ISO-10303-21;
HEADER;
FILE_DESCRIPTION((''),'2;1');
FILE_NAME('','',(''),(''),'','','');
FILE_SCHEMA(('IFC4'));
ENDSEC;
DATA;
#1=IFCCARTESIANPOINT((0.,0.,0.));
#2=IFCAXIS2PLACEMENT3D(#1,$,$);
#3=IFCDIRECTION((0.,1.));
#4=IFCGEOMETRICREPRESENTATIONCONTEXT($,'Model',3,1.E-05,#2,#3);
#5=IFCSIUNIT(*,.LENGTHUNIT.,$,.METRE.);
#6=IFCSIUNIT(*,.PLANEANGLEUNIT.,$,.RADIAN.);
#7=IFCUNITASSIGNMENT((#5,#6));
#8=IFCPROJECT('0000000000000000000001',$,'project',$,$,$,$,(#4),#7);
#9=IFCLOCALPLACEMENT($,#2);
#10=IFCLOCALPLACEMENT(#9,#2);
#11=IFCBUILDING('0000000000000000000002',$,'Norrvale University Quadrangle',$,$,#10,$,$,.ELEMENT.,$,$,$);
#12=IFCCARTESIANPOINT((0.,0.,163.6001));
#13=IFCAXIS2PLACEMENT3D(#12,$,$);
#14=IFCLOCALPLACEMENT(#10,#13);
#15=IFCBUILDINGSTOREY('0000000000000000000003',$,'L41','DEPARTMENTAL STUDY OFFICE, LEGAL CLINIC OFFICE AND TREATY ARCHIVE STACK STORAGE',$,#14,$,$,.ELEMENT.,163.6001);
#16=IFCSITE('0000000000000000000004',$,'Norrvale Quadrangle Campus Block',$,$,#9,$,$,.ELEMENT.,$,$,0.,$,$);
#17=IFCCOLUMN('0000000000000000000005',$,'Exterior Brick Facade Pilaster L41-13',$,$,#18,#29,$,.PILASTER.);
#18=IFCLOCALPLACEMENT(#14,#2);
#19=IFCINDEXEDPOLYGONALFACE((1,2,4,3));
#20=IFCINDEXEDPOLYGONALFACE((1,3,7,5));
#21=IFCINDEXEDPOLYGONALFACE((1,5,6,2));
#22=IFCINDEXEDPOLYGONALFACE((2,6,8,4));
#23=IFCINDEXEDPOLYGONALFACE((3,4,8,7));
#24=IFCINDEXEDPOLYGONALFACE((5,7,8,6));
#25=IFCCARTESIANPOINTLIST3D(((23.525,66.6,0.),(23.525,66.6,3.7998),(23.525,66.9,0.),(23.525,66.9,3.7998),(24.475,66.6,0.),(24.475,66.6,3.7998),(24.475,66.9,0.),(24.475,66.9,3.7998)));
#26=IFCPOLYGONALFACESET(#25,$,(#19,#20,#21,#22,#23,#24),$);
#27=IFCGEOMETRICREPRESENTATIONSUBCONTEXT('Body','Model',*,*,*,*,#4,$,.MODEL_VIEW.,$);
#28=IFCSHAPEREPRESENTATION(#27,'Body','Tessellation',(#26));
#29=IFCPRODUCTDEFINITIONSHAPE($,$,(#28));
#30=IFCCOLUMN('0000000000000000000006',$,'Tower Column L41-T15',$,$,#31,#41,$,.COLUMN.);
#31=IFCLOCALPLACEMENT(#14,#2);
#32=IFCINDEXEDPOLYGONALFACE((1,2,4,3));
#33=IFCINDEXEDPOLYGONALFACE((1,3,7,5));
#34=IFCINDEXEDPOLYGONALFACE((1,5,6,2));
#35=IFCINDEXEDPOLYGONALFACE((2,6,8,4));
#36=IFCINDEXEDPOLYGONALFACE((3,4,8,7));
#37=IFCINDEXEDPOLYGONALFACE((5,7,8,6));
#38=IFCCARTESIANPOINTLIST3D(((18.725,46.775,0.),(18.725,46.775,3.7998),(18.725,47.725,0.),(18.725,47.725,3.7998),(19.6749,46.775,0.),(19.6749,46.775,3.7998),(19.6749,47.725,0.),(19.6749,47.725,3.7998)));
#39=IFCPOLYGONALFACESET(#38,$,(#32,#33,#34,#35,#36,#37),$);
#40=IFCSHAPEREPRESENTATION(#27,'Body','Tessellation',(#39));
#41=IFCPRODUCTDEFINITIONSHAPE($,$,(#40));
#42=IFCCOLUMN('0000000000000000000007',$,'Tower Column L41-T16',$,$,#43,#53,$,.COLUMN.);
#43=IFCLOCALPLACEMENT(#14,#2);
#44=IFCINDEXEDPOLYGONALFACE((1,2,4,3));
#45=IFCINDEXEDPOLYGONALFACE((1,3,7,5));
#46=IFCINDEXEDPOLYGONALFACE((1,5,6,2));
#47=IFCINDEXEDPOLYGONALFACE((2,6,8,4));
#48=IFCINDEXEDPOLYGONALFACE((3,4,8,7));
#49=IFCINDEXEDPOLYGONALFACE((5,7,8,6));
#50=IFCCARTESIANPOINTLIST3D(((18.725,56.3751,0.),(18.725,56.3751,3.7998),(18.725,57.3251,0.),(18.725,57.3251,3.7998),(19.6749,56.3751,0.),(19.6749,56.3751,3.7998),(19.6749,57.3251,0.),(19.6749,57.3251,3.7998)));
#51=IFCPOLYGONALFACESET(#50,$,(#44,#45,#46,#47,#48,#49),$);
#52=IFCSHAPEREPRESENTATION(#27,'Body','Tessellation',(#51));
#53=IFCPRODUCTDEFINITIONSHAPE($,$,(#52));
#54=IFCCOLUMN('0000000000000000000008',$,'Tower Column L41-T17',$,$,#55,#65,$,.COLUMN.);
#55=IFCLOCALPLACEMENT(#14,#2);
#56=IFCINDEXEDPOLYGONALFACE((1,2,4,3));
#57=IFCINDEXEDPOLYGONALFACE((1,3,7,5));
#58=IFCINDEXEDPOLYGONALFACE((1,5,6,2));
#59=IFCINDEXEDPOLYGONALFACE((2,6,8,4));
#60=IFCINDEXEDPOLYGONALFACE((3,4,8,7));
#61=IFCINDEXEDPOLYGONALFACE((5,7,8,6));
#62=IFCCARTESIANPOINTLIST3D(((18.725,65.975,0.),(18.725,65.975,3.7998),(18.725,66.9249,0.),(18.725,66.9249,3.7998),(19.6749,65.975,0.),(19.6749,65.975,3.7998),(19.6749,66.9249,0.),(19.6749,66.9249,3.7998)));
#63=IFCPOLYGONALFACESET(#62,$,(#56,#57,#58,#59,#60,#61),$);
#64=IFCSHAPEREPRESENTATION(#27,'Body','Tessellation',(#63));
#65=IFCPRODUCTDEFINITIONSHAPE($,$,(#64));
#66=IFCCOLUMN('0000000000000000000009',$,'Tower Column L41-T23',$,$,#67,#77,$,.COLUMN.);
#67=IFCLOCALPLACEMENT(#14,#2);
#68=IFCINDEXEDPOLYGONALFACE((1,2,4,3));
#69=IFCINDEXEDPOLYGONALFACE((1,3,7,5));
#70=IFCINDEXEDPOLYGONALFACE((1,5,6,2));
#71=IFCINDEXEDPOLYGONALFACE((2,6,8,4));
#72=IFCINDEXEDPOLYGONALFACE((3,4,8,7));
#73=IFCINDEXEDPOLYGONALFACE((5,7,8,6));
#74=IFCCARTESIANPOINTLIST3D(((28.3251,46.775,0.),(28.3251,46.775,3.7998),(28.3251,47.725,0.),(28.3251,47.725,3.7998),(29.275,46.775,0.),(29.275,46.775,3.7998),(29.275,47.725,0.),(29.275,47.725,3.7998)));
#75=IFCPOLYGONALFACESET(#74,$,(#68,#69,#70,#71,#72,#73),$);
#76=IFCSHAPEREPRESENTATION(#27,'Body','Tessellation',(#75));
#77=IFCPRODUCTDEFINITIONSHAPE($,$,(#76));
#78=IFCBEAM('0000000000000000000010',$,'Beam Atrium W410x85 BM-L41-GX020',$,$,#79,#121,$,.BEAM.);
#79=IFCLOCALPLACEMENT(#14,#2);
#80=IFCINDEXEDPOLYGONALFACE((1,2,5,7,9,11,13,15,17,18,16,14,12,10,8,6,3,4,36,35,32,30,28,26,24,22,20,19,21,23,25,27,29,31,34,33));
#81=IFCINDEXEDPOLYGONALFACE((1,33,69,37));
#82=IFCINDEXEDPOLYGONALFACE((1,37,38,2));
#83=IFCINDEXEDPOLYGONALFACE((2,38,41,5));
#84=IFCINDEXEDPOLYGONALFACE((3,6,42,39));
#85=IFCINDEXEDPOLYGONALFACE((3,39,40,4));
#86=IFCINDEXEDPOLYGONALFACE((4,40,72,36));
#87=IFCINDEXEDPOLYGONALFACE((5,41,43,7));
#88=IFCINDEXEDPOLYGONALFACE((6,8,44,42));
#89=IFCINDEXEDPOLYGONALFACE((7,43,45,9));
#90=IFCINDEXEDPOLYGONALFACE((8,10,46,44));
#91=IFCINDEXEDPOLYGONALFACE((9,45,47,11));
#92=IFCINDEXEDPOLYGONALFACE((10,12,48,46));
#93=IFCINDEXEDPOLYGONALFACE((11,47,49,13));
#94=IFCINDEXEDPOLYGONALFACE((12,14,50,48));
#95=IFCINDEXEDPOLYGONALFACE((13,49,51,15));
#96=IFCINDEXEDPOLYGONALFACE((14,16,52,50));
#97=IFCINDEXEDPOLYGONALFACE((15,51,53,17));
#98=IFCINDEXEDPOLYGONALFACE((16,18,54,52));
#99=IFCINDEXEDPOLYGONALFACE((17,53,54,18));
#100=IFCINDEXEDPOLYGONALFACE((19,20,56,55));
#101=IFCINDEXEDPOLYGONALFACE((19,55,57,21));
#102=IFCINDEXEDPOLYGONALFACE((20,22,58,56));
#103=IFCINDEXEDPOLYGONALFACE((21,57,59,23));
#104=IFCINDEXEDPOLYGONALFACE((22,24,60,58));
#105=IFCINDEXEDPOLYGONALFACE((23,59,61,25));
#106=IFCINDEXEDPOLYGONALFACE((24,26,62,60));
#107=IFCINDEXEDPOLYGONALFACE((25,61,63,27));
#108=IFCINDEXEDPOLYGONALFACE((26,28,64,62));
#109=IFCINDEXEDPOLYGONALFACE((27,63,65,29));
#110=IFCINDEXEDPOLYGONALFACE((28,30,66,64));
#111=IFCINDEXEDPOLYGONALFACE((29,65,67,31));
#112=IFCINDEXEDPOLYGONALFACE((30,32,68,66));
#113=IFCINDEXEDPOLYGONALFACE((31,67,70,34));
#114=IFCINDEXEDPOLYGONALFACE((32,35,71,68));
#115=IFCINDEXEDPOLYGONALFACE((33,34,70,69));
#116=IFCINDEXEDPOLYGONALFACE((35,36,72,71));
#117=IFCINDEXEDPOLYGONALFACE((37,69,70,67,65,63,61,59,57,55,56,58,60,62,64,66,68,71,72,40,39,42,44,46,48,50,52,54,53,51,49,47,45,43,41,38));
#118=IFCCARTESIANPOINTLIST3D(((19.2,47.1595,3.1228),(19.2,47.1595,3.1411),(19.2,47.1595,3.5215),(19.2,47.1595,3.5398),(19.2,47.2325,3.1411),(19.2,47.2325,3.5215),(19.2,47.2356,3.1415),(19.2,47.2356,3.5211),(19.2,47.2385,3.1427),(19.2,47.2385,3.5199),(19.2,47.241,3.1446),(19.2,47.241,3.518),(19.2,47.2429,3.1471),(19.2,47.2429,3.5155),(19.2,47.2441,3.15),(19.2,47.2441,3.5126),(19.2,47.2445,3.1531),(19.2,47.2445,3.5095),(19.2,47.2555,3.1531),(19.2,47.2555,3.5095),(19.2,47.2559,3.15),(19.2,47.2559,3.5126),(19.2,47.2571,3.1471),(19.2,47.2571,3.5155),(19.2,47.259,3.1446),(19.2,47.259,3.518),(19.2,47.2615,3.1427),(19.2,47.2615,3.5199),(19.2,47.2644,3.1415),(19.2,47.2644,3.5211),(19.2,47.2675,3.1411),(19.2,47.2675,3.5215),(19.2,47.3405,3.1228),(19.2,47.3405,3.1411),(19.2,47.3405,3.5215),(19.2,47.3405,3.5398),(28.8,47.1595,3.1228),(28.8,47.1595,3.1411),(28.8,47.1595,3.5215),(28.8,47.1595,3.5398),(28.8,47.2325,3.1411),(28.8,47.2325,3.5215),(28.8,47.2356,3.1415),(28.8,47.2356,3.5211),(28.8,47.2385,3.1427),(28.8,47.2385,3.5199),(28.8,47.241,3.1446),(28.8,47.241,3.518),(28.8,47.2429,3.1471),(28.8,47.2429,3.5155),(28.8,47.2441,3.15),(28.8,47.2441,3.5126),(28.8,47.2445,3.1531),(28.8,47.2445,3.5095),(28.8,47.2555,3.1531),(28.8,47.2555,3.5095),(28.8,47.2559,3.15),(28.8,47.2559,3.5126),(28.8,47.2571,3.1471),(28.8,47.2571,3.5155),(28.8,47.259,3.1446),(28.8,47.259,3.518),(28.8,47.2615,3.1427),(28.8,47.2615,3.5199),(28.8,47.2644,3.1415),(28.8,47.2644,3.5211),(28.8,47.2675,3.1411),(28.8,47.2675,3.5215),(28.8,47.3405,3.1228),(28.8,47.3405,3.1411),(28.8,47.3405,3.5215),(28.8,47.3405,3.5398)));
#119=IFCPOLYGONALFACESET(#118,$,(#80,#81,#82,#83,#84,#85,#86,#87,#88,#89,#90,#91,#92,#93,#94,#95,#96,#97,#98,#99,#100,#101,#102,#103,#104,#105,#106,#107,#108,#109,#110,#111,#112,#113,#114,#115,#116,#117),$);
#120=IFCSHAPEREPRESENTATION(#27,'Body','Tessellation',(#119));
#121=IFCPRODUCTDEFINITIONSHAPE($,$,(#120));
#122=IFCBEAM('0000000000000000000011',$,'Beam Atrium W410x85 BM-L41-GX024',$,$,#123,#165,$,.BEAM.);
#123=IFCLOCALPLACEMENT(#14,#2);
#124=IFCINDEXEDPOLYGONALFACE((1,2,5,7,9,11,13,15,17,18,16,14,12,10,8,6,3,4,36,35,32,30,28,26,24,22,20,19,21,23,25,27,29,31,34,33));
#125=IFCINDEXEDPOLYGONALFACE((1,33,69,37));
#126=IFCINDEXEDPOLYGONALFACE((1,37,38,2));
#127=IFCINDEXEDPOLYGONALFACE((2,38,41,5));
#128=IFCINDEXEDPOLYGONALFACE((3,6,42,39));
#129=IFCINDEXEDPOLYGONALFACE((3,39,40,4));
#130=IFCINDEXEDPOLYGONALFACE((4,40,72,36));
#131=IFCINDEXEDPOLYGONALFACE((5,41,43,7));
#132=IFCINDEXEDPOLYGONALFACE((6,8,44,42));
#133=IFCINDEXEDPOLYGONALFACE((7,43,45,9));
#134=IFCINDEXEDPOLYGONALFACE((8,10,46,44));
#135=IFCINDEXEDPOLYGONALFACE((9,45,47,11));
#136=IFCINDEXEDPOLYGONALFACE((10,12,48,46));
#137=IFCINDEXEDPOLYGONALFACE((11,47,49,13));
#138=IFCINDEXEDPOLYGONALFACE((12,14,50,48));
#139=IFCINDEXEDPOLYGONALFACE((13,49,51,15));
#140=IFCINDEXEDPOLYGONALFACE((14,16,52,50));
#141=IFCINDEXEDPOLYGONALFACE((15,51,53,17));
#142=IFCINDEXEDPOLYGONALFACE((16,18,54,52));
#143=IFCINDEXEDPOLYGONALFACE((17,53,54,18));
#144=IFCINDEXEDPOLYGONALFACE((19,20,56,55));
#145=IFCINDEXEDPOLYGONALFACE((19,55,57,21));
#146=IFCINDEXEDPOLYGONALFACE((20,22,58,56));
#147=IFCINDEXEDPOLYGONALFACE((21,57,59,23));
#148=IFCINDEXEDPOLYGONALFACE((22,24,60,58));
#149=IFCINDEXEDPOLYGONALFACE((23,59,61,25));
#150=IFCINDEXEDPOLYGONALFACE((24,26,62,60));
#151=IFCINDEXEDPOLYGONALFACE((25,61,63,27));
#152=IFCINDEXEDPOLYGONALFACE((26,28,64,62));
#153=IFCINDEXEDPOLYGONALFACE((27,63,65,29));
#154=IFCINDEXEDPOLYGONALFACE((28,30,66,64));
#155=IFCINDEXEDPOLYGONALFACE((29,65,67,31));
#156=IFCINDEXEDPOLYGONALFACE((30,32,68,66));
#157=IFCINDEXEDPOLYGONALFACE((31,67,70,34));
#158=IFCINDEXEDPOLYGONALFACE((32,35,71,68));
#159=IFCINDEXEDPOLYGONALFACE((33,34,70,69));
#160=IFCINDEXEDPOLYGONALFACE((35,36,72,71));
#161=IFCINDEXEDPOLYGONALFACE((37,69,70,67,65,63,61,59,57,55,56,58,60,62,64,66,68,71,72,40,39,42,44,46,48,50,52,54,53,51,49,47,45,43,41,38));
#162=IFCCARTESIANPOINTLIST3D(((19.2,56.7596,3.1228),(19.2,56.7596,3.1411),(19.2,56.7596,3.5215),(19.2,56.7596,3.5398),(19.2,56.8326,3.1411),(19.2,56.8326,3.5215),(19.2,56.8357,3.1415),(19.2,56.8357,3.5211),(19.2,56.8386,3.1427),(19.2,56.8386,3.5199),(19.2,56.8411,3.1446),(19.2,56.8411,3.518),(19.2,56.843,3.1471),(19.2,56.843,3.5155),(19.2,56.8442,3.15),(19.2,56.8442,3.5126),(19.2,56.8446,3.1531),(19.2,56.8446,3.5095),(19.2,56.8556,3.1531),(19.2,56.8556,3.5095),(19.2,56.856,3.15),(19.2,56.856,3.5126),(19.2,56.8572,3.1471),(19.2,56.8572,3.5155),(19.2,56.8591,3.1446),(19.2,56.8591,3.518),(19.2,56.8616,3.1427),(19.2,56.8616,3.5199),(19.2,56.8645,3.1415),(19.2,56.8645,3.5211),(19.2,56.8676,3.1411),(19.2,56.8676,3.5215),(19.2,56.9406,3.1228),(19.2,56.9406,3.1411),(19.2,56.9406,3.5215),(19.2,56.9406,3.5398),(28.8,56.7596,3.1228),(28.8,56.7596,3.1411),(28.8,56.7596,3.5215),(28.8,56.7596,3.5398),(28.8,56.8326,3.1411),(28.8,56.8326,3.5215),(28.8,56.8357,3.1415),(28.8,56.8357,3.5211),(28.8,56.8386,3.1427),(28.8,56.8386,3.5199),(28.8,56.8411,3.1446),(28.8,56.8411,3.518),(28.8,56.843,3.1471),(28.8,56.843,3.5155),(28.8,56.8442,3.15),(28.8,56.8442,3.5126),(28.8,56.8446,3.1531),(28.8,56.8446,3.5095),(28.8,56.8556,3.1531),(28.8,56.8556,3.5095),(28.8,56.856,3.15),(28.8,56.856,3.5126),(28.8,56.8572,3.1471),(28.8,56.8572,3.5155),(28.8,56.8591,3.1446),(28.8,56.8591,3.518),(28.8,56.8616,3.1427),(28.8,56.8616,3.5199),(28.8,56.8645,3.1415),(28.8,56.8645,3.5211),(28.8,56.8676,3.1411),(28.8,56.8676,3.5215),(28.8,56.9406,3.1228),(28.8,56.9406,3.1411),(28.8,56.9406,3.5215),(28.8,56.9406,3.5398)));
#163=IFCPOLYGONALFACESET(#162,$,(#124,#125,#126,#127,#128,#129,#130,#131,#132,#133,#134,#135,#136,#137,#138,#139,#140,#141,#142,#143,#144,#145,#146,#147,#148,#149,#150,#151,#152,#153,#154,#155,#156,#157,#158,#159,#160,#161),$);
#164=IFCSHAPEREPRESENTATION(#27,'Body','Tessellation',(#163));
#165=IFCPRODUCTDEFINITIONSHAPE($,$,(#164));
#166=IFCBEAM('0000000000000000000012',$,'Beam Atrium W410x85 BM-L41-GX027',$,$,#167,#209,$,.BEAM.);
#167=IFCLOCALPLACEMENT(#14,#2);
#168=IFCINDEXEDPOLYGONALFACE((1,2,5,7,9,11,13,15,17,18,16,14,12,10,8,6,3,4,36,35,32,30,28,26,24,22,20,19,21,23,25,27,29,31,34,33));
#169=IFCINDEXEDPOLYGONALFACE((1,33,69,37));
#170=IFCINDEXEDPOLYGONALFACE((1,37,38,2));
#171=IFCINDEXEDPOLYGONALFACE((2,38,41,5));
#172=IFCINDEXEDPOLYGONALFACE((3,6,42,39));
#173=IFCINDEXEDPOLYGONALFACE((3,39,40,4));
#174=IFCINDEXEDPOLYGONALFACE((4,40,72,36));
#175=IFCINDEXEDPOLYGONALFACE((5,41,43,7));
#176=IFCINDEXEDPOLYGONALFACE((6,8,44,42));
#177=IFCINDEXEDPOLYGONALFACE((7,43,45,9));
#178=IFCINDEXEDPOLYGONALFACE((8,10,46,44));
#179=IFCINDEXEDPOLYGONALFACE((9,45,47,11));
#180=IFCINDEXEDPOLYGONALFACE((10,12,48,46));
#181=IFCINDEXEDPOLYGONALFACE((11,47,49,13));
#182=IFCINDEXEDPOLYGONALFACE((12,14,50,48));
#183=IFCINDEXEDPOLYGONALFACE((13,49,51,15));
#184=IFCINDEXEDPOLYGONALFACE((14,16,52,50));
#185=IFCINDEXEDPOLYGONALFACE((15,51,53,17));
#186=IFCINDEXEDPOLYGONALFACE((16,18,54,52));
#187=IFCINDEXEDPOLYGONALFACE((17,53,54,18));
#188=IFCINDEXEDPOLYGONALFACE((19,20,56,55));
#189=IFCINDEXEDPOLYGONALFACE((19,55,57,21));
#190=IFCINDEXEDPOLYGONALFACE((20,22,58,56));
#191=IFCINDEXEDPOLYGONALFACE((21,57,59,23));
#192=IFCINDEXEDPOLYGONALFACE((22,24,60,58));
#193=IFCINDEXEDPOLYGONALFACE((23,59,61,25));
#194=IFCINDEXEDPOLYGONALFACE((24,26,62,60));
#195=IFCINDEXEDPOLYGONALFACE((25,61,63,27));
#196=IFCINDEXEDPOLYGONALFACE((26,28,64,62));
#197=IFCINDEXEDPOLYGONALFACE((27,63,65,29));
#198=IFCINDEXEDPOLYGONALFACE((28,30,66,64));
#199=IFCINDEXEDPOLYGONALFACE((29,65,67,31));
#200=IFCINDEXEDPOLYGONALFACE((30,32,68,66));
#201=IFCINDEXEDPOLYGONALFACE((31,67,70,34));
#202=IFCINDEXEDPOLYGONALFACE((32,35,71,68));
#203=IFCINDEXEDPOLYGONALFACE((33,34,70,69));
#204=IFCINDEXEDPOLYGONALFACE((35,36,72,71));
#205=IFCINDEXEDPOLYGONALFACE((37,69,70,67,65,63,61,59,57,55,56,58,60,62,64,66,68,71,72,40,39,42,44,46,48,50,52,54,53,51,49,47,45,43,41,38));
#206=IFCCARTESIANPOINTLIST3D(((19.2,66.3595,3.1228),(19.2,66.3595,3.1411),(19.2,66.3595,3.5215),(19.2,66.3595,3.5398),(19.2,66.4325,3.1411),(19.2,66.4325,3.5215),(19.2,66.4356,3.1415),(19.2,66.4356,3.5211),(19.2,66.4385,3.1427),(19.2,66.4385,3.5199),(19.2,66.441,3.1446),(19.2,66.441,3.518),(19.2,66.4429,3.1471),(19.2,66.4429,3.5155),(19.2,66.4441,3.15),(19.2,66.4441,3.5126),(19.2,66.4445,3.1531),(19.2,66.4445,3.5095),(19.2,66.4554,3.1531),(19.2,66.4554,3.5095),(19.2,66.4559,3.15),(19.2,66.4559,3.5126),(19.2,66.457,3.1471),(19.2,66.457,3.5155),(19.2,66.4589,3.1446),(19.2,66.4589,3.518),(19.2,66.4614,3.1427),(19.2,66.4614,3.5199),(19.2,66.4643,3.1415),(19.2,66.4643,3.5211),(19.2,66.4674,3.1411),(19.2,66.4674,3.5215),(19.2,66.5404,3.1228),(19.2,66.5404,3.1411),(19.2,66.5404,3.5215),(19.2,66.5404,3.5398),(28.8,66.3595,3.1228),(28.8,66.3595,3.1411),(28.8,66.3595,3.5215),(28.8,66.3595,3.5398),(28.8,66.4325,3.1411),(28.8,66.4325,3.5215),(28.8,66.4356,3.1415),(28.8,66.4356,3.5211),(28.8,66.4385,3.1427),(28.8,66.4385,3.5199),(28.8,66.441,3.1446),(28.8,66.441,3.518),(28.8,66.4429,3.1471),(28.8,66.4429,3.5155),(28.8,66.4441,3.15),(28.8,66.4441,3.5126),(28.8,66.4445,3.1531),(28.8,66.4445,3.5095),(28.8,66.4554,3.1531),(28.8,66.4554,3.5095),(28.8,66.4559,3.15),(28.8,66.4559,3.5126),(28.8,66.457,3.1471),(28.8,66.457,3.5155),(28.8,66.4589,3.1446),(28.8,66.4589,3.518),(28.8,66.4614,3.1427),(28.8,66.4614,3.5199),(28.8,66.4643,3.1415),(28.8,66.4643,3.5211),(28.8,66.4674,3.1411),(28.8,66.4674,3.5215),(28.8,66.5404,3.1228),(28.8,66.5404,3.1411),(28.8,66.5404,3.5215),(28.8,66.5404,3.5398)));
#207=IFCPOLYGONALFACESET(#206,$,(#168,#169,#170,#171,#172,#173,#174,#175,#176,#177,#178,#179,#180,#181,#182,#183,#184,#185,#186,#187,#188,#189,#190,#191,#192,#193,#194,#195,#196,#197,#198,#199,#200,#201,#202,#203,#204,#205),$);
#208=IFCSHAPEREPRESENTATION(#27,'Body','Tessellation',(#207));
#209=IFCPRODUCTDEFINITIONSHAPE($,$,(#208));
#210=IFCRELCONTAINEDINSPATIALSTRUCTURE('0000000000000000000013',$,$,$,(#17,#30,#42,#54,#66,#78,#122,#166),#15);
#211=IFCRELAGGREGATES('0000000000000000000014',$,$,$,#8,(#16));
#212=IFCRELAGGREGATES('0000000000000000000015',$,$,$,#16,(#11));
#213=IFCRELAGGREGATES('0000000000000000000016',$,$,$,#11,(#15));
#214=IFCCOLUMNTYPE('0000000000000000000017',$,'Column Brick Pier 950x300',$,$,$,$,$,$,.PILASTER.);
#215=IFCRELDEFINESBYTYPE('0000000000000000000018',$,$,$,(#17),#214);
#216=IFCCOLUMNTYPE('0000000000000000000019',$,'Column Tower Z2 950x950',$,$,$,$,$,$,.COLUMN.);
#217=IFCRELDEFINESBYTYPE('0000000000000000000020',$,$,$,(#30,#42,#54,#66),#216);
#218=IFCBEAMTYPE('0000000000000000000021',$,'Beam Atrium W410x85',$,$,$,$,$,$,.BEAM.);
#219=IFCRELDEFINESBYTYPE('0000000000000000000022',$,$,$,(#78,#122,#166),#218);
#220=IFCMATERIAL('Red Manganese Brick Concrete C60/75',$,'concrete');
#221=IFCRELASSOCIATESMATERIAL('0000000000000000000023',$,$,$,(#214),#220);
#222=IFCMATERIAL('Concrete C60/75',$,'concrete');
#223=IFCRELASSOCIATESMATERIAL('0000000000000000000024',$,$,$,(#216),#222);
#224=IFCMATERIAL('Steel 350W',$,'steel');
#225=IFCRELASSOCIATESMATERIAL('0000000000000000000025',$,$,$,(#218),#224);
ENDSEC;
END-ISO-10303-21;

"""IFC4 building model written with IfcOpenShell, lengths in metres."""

from ifc_helpers import new_model, si_unit, direction, frame, origin, origin_2d, place, context, subcontext, project, spatial, rectangle, i_section, extrude, material, material_profile, profile_set, type_object, element, save


model = new_model("IFC4")

# Units and contexts
model_context = context("Model", 3, precision=1e-05, world=origin(), true_north=direction((0.0, 1.0)))
body_context = subcontext(model_context, "Body", "Model", "MODEL_VIEW")
ifc_project = project(units=[si_unit("LENGTHUNIT", "METRE"), si_unit("PLANEANGLEUNIT", "RADIAN")], contexts=[model_context])

# Site, building, storey
site_placement = place(None, origin())
site = spatial("IfcSite", under=ifc_project, at=site_placement, Name="Norrvale Quadrangle Campus Block", CompositionType="ELEMENT", RefElevation=0.0)
building_placement = place(site_placement, origin())
building = spatial("IfcBuilding", under=site, at=building_placement, Name="Norrvale University Quadrangle", CompositionType="ELEMENT")
storey_placement = place(building_placement, frame((0.0, 0.0, 163.6001)))
storey = spatial("IfcBuildingStorey", under=building, at=storey_placement, Name="L41", Description="DEPARTMENTAL STUDY OFFICE, LEGAL CLINIC OFFICE AND TREATY ARCHIVE STACK STORAGE", CompositionType="ELEMENT", Elevation=163.6001)

# Columns
ifc_material_1 = material(Name="Red Manganese Brick Concrete C60/75", Category="concrete")
ifc_material_profile_1 = material_profile(ifc_material_1, rectangle(XDim=0.95, YDim=0.3, at=origin_2d()), Name="Red Manganese Brick Concrete C60/75")
ifc_profile_set_1 = profile_set([ifc_material_profile_1], Name="Red Manganese Brick Concrete C60/75")
column_type_1 = type_object("IfcColumnType", Name="Column Brick Pier 950x300", PredefinedType="PILASTER", material=ifc_profile_set_1)
column_placement = place(storey_placement, frame((24.0, 66.75, 0.0), z_axis=(0.0, 0.0, 1.0), x_axis=(1.0, 0.0, 0.0)))
element("IfcColumn", 1, at=column_placement, inside=storey, type_object=column_type_1, Name="Exterior Brick Facade Pilaster L41-13", PredefinedType="PILASTER", context=body_context, shape_type="SweptSolid", body=[
    extrude(rectangle(XDim=0.95, YDim=0.3, at=origin_2d()), origin(), (0.0, 0.0, 1.0), 3.7998),
])
ifc_material_2 = material(Name="Concrete C60/75", Category="concrete")
ifc_material_profile_2 = material_profile(ifc_material_2, rectangle(XDim=0.95, YDim=0.95, at=origin_2d()), Name="Concrete C60/75")
ifc_profile_set_2 = profile_set([ifc_material_profile_2], Name="Concrete C60/75")
column_type_2 = type_object("IfcColumnType", Name="Column Tower Z2 950x950", PredefinedType="COLUMN", material=ifc_profile_set_2)
for number, where, z_axis, x_axis, name in (
    (2, (19.2, 47.25, 0.0), (0.0, 0.0, 1.0), (1.0, 0.0, 0.0), "Tower Column L41-T15"),
    (3, (19.2, 56.8501, 0.0), (0.0, 0.0, 1.0), (1.0, 0.0, 0.0), "Tower Column L41-T16"),
    (4, (19.2, 66.45, 0.0), (0.0, 0.0, 1.0), (1.0, 0.0, 0.0), "Tower Column L41-T17"),
    (5, (28.8, 47.25, 0.0), (0.0, 0.0, 1.0), (1.0, 0.0, 0.0), "Tower Column L41-T23"),
):
    element("IfcColumn", number, at=place(storey_placement, frame(where, z_axis=z_axis, x_axis=x_axis)), inside=storey, type_object=column_type_2, Name=name, PredefinedType="COLUMN", context=body_context, shape_type="SweptSolid", body=[
        extrude(rectangle(XDim=0.95, YDim=0.95, at=origin_2d()), origin(), (0.0, 0.0, 1.0), 3.7998),
    ])

# Beams
ifc_material_3 = material(Name="Steel 350W", Category="steel")
ifc_material_profile_3 = material_profile(ifc_material_3, i_section(OverallWidth=0.1809, OverallDepth=0.417, WebThickness=0.011, FlangeThickness=0.0183, FilletRadius=0.012, at=origin_2d()), Name="Steel 350W")
ifc_profile_set_3 = profile_set([ifc_material_profile_3], Name="Steel 350W")
beam_type_1 = type_object("IfcBeamType", Name="Beam Atrium W410x85", PredefinedType="BEAM", material=ifc_profile_set_3)
for number, where, z_axis, x_axis, name in (
    (6, (19.2, 47.25, 3.3313), (1.0, 0.0, 0.0), (0.0, 1.0, 0.0), "Beam Atrium W410x85 BM-L41-GX020"),
    (7, (19.2, 56.8501, 3.3313), (1.0, 0.0, 0.0), (0.0, 1.0, 0.0), "Beam Atrium W410x85 BM-L41-GX024"),
    (8, (19.2, 66.45, 3.3313), (1.0, 0.0, 0.0), (0.0, 1.0, 0.0), "Beam Atrium W410x85 BM-L41-GX027"),
):
    element("IfcBeam", number, at=place(storey_placement, frame(where, z_axis=z_axis, x_axis=x_axis)), inside=storey, type_object=beam_type_1, Name=name, PredefinedType="BEAM", context=body_context, shape_type="SweptSolid", body=[
        extrude(i_section(OverallWidth=0.1809, OverallDepth=0.417, WebThickness=0.011, FlangeThickness=0.0183, FilletRadius=0.012, at=origin_2d()), origin(), (0.0, 0.0, 1.0), 9.6001),
    ])

save(model, "model.ifc")
